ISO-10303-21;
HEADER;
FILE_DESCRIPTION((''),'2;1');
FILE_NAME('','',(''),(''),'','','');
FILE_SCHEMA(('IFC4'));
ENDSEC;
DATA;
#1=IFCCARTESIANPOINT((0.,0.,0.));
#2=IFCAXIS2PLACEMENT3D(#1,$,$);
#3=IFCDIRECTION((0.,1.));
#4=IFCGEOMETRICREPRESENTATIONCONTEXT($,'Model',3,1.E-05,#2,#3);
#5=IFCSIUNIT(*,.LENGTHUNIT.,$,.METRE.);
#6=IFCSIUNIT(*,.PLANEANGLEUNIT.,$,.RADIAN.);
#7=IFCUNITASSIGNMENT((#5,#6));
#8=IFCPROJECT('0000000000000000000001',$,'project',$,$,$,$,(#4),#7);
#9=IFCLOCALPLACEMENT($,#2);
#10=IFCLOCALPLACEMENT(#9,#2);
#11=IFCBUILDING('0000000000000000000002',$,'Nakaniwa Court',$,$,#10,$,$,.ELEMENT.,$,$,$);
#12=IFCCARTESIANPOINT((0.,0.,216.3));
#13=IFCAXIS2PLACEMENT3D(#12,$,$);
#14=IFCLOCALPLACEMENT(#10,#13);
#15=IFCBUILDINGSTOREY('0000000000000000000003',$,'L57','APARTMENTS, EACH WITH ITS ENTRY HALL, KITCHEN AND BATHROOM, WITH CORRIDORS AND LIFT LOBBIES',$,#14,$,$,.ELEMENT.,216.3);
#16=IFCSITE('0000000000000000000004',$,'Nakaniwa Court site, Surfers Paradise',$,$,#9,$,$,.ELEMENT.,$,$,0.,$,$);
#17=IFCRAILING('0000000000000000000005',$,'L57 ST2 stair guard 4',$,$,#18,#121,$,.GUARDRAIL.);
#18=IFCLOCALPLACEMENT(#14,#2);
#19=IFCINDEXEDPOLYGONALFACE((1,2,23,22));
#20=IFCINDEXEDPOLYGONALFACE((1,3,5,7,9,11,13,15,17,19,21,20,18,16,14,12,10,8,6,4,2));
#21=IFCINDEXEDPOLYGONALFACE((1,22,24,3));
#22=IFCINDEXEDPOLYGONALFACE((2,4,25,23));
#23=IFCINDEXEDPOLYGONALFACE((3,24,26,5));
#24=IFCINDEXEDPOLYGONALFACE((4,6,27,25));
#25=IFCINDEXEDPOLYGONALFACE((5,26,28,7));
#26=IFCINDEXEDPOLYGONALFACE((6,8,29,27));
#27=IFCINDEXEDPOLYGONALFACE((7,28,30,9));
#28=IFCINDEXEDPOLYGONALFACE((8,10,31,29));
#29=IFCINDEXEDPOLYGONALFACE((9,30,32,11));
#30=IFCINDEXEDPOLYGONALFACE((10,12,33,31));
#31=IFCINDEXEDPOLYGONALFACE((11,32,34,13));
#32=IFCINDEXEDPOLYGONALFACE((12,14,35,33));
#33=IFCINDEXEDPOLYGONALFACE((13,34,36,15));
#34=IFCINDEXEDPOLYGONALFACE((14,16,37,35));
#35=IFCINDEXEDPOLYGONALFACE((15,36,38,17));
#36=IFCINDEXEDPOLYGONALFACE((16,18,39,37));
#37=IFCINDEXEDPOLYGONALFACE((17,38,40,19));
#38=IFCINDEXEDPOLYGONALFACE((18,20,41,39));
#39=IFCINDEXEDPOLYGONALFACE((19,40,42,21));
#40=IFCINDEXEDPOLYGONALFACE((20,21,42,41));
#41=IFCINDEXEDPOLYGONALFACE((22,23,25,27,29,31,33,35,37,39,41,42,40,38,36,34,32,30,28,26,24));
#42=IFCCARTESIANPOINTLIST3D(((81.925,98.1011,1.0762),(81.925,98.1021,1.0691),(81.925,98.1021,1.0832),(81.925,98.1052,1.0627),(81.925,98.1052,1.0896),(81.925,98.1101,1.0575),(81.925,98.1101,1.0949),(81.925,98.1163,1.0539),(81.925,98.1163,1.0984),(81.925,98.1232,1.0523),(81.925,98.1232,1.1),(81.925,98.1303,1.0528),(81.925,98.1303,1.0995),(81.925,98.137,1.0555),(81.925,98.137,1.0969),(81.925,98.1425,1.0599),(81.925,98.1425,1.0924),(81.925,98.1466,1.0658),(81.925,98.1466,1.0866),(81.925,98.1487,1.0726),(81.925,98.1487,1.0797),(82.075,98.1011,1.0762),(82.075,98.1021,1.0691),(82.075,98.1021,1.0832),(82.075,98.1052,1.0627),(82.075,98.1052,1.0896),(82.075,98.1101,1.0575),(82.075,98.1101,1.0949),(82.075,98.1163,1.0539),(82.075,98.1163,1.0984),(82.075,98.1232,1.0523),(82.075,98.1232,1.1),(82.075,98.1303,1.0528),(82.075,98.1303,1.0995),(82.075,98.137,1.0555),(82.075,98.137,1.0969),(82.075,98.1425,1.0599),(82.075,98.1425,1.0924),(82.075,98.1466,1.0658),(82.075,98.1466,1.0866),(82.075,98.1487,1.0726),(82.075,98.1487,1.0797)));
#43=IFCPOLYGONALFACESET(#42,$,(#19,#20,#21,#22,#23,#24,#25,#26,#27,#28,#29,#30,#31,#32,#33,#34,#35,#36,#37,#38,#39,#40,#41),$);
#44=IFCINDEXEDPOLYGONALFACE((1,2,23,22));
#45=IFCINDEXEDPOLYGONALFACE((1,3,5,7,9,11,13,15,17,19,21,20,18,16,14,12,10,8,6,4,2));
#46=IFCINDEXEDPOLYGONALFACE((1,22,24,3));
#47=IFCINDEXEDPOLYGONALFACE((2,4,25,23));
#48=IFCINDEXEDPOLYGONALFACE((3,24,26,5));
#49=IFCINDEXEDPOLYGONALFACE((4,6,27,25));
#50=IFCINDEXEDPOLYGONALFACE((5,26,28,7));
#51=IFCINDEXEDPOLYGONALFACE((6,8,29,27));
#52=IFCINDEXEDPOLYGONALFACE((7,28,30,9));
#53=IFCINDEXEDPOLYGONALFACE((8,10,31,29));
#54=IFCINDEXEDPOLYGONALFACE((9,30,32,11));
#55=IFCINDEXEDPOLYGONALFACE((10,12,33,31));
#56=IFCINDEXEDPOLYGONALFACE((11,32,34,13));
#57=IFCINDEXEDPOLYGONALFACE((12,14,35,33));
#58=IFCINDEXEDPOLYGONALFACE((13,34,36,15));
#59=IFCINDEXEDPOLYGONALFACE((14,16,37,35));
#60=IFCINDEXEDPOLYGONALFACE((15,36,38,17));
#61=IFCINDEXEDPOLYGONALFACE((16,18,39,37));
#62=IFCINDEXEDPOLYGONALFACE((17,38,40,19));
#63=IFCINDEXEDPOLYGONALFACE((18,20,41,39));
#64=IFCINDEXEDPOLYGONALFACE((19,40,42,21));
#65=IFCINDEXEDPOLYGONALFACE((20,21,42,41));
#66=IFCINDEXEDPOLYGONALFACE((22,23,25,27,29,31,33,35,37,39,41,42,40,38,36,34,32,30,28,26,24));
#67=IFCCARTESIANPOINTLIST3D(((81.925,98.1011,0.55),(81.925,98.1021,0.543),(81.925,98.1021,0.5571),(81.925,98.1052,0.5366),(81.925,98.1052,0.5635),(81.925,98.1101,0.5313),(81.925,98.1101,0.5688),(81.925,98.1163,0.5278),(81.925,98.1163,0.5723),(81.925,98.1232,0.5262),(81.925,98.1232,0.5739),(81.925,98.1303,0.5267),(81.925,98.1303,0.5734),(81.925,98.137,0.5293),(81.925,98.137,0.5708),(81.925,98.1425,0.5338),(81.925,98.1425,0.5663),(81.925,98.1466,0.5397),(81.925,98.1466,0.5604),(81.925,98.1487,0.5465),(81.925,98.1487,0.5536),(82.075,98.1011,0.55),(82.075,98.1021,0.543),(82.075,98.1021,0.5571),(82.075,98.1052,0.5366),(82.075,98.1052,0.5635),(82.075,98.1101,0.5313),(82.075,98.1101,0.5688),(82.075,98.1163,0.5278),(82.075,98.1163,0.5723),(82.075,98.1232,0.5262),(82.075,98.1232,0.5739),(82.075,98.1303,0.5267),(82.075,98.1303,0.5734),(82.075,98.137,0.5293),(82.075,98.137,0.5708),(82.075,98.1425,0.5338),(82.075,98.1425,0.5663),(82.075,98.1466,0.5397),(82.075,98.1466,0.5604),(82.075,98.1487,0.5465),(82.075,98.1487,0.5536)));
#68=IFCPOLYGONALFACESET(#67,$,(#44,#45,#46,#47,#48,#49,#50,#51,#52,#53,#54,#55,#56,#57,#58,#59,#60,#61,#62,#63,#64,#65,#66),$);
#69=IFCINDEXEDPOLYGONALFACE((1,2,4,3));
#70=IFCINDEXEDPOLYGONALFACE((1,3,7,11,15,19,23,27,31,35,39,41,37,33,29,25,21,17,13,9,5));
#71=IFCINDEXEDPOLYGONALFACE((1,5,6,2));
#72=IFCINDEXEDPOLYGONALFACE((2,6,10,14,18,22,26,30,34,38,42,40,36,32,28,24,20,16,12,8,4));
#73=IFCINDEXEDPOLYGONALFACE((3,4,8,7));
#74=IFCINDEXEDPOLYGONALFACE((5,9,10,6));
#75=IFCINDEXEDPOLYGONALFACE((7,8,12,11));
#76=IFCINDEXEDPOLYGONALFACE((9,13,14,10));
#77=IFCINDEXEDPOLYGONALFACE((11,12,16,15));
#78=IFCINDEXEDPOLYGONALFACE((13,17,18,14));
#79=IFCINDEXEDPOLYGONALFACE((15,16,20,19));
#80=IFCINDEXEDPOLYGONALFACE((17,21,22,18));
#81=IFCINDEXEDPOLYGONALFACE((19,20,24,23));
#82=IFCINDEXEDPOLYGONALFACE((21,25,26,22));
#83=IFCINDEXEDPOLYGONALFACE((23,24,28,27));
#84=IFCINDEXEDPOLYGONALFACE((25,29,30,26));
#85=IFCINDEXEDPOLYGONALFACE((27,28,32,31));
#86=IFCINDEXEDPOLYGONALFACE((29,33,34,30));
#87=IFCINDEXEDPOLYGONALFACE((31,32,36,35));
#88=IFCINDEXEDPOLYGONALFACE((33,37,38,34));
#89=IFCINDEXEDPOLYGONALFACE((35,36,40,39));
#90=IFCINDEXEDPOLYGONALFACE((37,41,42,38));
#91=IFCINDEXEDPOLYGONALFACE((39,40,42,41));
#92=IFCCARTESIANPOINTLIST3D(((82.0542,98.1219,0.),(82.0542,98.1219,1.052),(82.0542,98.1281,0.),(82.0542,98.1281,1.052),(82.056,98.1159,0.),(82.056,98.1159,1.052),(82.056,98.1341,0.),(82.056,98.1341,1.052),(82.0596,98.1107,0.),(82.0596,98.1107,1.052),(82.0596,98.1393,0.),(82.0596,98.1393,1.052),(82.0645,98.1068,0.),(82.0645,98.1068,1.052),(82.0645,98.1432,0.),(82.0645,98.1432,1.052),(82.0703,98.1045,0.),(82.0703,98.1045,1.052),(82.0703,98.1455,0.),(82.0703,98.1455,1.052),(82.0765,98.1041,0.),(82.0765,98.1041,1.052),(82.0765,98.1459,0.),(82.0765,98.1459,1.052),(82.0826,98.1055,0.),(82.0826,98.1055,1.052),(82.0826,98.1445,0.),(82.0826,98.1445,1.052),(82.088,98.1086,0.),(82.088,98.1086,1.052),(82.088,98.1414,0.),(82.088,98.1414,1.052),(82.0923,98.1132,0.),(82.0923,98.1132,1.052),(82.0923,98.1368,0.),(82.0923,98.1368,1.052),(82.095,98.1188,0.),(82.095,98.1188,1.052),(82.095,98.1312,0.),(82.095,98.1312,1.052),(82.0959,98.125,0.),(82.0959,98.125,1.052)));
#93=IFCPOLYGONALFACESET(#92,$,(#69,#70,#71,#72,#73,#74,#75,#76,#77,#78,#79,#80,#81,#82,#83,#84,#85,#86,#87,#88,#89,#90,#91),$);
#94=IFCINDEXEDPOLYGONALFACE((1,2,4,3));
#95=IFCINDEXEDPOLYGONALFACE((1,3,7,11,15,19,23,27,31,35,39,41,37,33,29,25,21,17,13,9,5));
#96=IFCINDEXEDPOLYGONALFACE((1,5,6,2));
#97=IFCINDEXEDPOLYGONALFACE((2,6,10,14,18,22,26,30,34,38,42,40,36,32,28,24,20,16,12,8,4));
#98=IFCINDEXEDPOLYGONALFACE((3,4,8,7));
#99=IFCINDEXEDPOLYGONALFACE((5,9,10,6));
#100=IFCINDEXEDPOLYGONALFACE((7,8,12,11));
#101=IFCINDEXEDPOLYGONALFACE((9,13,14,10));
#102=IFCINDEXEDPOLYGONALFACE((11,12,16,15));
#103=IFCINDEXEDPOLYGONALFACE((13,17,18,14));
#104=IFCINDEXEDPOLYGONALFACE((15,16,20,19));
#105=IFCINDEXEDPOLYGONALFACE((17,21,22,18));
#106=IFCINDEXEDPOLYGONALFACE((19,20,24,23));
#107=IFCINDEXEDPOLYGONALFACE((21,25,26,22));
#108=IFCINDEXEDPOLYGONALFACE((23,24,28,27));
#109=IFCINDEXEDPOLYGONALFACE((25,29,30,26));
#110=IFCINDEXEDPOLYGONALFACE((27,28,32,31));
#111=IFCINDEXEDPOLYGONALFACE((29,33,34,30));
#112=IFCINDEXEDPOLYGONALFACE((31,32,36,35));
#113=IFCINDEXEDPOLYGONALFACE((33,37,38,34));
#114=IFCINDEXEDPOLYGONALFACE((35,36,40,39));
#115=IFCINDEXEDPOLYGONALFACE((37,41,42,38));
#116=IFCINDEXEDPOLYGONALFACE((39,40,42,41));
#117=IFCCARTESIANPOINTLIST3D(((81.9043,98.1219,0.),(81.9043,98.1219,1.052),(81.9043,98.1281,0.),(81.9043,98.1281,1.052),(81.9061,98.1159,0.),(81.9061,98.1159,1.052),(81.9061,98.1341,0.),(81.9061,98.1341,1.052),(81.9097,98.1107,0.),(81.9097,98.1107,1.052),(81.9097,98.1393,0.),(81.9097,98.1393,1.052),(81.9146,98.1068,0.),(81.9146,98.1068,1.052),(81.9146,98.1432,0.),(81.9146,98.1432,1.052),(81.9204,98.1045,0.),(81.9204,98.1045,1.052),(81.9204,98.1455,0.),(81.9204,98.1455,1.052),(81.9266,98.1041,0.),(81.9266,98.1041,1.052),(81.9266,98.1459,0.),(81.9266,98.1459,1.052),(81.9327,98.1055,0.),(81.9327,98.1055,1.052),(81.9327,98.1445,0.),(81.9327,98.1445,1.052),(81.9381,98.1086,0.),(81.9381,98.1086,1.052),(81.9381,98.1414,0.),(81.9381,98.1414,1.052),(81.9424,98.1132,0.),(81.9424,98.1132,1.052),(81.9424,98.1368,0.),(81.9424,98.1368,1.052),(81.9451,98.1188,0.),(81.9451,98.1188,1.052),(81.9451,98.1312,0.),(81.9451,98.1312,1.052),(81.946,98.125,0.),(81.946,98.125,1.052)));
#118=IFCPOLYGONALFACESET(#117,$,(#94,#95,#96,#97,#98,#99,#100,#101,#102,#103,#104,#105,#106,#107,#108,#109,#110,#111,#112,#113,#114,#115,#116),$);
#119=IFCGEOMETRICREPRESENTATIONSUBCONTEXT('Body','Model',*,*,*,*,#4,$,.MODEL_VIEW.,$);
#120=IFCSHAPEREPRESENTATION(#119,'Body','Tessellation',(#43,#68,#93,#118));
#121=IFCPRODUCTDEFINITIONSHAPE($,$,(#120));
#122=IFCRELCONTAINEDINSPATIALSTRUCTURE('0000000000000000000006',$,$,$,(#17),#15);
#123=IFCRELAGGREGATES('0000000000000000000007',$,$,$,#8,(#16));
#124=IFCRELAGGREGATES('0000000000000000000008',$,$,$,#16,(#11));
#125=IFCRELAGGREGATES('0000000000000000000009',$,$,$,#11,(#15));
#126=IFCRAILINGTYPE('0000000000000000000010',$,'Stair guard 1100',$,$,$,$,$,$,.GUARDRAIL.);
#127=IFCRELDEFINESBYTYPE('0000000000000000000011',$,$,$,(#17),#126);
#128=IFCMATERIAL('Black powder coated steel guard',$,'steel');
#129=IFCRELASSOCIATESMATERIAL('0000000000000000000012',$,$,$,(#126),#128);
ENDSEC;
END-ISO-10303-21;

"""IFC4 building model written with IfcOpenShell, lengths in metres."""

from ifc_helpers import new_model, si_unit, direction, frame, origin, origin_2d, place, context, subcontext, project, spatial, circle, extrude, material, type_object, element, save


model = new_model("IFC4")

# Units and contexts
model_context = context("Model", 3, precision=1e-05, world=origin(), true_north=direction((0.0, 1.0)))
body_context = subcontext(model_context, "Body", "Model", "MODEL_VIEW")
ifc_project = project(units=[si_unit("LENGTHUNIT", "METRE"), si_unit("PLANEANGLEUNIT", "RADIAN")], contexts=[model_context])

# Site, building, storey
site_placement = place(None, origin())
site = spatial("IfcSite", under=ifc_project, at=site_placement, Name="Nakaniwa Court site, Surfers Paradise", CompositionType="ELEMENT", RefElevation=0.0)
building_placement = place(site_placement, origin())
building = spatial("IfcBuilding", under=site, at=building_placement, Name="Nakaniwa Court", CompositionType="ELEMENT")
storey_placement = place(building_placement, frame((0.0, 0.0, 216.3)))
storey = spatial("IfcBuildingStorey", under=building, at=storey_placement, Name="L57", Description="APARTMENTS, EACH WITH ITS ENTRY HALL, KITCHEN AND BATHROOM, WITH CORRIDORS AND LIFT LOBBIES", CompositionType="ELEMENT", Elevation=216.3)

# Railing
ifc_material_1 = material(Name="Black powder coated steel guard", Category="steel")
railing_type_1 = type_object("IfcRailingType", Name="Stair guard 1100", PredefinedType="GUARDRAIL", material=ifc_material_1)
railing_1_placement = place(storey_placement, frame((82.075, 98.125, 0.0)))
element("IfcRailing", 1, at=railing_1_placement, inside=storey, type_object=railing_type_1, Name="L57 ST2 stair guard 4", PredefinedType="GUARDRAIL", context=body_context, shape_type="SweptSolid", body=[
    extrude(circle(Radius=0.0239, at=origin_2d()), frame((0.0, 0.0, 1.0762), z_axis=(-1.0, 0.0, 0.0), x_axis=(0.0, -1.0, 0.0)), (0.0, 0.0, 1.0), 0.1499),
    extrude(circle(Radius=0.0239, at=origin_2d()), frame((0.0, 0.0, 0.55), z_axis=(-1.0, 0.0, 0.0), x_axis=(0.0, -1.0, 0.0)), (0.0, 0.0, 1.0), 0.1499),
    extrude(circle(Radius=0.021, at=origin_2d()), origin(), (0.0, 0.0, 1.0), 1.052),
    extrude(circle(Radius=0.021, at=origin_2d()), frame((-0.1499, 0.0, 0.0)), (0.0, 0.0, 1.0), 1.052),
])

save(model, "model.ifc")
